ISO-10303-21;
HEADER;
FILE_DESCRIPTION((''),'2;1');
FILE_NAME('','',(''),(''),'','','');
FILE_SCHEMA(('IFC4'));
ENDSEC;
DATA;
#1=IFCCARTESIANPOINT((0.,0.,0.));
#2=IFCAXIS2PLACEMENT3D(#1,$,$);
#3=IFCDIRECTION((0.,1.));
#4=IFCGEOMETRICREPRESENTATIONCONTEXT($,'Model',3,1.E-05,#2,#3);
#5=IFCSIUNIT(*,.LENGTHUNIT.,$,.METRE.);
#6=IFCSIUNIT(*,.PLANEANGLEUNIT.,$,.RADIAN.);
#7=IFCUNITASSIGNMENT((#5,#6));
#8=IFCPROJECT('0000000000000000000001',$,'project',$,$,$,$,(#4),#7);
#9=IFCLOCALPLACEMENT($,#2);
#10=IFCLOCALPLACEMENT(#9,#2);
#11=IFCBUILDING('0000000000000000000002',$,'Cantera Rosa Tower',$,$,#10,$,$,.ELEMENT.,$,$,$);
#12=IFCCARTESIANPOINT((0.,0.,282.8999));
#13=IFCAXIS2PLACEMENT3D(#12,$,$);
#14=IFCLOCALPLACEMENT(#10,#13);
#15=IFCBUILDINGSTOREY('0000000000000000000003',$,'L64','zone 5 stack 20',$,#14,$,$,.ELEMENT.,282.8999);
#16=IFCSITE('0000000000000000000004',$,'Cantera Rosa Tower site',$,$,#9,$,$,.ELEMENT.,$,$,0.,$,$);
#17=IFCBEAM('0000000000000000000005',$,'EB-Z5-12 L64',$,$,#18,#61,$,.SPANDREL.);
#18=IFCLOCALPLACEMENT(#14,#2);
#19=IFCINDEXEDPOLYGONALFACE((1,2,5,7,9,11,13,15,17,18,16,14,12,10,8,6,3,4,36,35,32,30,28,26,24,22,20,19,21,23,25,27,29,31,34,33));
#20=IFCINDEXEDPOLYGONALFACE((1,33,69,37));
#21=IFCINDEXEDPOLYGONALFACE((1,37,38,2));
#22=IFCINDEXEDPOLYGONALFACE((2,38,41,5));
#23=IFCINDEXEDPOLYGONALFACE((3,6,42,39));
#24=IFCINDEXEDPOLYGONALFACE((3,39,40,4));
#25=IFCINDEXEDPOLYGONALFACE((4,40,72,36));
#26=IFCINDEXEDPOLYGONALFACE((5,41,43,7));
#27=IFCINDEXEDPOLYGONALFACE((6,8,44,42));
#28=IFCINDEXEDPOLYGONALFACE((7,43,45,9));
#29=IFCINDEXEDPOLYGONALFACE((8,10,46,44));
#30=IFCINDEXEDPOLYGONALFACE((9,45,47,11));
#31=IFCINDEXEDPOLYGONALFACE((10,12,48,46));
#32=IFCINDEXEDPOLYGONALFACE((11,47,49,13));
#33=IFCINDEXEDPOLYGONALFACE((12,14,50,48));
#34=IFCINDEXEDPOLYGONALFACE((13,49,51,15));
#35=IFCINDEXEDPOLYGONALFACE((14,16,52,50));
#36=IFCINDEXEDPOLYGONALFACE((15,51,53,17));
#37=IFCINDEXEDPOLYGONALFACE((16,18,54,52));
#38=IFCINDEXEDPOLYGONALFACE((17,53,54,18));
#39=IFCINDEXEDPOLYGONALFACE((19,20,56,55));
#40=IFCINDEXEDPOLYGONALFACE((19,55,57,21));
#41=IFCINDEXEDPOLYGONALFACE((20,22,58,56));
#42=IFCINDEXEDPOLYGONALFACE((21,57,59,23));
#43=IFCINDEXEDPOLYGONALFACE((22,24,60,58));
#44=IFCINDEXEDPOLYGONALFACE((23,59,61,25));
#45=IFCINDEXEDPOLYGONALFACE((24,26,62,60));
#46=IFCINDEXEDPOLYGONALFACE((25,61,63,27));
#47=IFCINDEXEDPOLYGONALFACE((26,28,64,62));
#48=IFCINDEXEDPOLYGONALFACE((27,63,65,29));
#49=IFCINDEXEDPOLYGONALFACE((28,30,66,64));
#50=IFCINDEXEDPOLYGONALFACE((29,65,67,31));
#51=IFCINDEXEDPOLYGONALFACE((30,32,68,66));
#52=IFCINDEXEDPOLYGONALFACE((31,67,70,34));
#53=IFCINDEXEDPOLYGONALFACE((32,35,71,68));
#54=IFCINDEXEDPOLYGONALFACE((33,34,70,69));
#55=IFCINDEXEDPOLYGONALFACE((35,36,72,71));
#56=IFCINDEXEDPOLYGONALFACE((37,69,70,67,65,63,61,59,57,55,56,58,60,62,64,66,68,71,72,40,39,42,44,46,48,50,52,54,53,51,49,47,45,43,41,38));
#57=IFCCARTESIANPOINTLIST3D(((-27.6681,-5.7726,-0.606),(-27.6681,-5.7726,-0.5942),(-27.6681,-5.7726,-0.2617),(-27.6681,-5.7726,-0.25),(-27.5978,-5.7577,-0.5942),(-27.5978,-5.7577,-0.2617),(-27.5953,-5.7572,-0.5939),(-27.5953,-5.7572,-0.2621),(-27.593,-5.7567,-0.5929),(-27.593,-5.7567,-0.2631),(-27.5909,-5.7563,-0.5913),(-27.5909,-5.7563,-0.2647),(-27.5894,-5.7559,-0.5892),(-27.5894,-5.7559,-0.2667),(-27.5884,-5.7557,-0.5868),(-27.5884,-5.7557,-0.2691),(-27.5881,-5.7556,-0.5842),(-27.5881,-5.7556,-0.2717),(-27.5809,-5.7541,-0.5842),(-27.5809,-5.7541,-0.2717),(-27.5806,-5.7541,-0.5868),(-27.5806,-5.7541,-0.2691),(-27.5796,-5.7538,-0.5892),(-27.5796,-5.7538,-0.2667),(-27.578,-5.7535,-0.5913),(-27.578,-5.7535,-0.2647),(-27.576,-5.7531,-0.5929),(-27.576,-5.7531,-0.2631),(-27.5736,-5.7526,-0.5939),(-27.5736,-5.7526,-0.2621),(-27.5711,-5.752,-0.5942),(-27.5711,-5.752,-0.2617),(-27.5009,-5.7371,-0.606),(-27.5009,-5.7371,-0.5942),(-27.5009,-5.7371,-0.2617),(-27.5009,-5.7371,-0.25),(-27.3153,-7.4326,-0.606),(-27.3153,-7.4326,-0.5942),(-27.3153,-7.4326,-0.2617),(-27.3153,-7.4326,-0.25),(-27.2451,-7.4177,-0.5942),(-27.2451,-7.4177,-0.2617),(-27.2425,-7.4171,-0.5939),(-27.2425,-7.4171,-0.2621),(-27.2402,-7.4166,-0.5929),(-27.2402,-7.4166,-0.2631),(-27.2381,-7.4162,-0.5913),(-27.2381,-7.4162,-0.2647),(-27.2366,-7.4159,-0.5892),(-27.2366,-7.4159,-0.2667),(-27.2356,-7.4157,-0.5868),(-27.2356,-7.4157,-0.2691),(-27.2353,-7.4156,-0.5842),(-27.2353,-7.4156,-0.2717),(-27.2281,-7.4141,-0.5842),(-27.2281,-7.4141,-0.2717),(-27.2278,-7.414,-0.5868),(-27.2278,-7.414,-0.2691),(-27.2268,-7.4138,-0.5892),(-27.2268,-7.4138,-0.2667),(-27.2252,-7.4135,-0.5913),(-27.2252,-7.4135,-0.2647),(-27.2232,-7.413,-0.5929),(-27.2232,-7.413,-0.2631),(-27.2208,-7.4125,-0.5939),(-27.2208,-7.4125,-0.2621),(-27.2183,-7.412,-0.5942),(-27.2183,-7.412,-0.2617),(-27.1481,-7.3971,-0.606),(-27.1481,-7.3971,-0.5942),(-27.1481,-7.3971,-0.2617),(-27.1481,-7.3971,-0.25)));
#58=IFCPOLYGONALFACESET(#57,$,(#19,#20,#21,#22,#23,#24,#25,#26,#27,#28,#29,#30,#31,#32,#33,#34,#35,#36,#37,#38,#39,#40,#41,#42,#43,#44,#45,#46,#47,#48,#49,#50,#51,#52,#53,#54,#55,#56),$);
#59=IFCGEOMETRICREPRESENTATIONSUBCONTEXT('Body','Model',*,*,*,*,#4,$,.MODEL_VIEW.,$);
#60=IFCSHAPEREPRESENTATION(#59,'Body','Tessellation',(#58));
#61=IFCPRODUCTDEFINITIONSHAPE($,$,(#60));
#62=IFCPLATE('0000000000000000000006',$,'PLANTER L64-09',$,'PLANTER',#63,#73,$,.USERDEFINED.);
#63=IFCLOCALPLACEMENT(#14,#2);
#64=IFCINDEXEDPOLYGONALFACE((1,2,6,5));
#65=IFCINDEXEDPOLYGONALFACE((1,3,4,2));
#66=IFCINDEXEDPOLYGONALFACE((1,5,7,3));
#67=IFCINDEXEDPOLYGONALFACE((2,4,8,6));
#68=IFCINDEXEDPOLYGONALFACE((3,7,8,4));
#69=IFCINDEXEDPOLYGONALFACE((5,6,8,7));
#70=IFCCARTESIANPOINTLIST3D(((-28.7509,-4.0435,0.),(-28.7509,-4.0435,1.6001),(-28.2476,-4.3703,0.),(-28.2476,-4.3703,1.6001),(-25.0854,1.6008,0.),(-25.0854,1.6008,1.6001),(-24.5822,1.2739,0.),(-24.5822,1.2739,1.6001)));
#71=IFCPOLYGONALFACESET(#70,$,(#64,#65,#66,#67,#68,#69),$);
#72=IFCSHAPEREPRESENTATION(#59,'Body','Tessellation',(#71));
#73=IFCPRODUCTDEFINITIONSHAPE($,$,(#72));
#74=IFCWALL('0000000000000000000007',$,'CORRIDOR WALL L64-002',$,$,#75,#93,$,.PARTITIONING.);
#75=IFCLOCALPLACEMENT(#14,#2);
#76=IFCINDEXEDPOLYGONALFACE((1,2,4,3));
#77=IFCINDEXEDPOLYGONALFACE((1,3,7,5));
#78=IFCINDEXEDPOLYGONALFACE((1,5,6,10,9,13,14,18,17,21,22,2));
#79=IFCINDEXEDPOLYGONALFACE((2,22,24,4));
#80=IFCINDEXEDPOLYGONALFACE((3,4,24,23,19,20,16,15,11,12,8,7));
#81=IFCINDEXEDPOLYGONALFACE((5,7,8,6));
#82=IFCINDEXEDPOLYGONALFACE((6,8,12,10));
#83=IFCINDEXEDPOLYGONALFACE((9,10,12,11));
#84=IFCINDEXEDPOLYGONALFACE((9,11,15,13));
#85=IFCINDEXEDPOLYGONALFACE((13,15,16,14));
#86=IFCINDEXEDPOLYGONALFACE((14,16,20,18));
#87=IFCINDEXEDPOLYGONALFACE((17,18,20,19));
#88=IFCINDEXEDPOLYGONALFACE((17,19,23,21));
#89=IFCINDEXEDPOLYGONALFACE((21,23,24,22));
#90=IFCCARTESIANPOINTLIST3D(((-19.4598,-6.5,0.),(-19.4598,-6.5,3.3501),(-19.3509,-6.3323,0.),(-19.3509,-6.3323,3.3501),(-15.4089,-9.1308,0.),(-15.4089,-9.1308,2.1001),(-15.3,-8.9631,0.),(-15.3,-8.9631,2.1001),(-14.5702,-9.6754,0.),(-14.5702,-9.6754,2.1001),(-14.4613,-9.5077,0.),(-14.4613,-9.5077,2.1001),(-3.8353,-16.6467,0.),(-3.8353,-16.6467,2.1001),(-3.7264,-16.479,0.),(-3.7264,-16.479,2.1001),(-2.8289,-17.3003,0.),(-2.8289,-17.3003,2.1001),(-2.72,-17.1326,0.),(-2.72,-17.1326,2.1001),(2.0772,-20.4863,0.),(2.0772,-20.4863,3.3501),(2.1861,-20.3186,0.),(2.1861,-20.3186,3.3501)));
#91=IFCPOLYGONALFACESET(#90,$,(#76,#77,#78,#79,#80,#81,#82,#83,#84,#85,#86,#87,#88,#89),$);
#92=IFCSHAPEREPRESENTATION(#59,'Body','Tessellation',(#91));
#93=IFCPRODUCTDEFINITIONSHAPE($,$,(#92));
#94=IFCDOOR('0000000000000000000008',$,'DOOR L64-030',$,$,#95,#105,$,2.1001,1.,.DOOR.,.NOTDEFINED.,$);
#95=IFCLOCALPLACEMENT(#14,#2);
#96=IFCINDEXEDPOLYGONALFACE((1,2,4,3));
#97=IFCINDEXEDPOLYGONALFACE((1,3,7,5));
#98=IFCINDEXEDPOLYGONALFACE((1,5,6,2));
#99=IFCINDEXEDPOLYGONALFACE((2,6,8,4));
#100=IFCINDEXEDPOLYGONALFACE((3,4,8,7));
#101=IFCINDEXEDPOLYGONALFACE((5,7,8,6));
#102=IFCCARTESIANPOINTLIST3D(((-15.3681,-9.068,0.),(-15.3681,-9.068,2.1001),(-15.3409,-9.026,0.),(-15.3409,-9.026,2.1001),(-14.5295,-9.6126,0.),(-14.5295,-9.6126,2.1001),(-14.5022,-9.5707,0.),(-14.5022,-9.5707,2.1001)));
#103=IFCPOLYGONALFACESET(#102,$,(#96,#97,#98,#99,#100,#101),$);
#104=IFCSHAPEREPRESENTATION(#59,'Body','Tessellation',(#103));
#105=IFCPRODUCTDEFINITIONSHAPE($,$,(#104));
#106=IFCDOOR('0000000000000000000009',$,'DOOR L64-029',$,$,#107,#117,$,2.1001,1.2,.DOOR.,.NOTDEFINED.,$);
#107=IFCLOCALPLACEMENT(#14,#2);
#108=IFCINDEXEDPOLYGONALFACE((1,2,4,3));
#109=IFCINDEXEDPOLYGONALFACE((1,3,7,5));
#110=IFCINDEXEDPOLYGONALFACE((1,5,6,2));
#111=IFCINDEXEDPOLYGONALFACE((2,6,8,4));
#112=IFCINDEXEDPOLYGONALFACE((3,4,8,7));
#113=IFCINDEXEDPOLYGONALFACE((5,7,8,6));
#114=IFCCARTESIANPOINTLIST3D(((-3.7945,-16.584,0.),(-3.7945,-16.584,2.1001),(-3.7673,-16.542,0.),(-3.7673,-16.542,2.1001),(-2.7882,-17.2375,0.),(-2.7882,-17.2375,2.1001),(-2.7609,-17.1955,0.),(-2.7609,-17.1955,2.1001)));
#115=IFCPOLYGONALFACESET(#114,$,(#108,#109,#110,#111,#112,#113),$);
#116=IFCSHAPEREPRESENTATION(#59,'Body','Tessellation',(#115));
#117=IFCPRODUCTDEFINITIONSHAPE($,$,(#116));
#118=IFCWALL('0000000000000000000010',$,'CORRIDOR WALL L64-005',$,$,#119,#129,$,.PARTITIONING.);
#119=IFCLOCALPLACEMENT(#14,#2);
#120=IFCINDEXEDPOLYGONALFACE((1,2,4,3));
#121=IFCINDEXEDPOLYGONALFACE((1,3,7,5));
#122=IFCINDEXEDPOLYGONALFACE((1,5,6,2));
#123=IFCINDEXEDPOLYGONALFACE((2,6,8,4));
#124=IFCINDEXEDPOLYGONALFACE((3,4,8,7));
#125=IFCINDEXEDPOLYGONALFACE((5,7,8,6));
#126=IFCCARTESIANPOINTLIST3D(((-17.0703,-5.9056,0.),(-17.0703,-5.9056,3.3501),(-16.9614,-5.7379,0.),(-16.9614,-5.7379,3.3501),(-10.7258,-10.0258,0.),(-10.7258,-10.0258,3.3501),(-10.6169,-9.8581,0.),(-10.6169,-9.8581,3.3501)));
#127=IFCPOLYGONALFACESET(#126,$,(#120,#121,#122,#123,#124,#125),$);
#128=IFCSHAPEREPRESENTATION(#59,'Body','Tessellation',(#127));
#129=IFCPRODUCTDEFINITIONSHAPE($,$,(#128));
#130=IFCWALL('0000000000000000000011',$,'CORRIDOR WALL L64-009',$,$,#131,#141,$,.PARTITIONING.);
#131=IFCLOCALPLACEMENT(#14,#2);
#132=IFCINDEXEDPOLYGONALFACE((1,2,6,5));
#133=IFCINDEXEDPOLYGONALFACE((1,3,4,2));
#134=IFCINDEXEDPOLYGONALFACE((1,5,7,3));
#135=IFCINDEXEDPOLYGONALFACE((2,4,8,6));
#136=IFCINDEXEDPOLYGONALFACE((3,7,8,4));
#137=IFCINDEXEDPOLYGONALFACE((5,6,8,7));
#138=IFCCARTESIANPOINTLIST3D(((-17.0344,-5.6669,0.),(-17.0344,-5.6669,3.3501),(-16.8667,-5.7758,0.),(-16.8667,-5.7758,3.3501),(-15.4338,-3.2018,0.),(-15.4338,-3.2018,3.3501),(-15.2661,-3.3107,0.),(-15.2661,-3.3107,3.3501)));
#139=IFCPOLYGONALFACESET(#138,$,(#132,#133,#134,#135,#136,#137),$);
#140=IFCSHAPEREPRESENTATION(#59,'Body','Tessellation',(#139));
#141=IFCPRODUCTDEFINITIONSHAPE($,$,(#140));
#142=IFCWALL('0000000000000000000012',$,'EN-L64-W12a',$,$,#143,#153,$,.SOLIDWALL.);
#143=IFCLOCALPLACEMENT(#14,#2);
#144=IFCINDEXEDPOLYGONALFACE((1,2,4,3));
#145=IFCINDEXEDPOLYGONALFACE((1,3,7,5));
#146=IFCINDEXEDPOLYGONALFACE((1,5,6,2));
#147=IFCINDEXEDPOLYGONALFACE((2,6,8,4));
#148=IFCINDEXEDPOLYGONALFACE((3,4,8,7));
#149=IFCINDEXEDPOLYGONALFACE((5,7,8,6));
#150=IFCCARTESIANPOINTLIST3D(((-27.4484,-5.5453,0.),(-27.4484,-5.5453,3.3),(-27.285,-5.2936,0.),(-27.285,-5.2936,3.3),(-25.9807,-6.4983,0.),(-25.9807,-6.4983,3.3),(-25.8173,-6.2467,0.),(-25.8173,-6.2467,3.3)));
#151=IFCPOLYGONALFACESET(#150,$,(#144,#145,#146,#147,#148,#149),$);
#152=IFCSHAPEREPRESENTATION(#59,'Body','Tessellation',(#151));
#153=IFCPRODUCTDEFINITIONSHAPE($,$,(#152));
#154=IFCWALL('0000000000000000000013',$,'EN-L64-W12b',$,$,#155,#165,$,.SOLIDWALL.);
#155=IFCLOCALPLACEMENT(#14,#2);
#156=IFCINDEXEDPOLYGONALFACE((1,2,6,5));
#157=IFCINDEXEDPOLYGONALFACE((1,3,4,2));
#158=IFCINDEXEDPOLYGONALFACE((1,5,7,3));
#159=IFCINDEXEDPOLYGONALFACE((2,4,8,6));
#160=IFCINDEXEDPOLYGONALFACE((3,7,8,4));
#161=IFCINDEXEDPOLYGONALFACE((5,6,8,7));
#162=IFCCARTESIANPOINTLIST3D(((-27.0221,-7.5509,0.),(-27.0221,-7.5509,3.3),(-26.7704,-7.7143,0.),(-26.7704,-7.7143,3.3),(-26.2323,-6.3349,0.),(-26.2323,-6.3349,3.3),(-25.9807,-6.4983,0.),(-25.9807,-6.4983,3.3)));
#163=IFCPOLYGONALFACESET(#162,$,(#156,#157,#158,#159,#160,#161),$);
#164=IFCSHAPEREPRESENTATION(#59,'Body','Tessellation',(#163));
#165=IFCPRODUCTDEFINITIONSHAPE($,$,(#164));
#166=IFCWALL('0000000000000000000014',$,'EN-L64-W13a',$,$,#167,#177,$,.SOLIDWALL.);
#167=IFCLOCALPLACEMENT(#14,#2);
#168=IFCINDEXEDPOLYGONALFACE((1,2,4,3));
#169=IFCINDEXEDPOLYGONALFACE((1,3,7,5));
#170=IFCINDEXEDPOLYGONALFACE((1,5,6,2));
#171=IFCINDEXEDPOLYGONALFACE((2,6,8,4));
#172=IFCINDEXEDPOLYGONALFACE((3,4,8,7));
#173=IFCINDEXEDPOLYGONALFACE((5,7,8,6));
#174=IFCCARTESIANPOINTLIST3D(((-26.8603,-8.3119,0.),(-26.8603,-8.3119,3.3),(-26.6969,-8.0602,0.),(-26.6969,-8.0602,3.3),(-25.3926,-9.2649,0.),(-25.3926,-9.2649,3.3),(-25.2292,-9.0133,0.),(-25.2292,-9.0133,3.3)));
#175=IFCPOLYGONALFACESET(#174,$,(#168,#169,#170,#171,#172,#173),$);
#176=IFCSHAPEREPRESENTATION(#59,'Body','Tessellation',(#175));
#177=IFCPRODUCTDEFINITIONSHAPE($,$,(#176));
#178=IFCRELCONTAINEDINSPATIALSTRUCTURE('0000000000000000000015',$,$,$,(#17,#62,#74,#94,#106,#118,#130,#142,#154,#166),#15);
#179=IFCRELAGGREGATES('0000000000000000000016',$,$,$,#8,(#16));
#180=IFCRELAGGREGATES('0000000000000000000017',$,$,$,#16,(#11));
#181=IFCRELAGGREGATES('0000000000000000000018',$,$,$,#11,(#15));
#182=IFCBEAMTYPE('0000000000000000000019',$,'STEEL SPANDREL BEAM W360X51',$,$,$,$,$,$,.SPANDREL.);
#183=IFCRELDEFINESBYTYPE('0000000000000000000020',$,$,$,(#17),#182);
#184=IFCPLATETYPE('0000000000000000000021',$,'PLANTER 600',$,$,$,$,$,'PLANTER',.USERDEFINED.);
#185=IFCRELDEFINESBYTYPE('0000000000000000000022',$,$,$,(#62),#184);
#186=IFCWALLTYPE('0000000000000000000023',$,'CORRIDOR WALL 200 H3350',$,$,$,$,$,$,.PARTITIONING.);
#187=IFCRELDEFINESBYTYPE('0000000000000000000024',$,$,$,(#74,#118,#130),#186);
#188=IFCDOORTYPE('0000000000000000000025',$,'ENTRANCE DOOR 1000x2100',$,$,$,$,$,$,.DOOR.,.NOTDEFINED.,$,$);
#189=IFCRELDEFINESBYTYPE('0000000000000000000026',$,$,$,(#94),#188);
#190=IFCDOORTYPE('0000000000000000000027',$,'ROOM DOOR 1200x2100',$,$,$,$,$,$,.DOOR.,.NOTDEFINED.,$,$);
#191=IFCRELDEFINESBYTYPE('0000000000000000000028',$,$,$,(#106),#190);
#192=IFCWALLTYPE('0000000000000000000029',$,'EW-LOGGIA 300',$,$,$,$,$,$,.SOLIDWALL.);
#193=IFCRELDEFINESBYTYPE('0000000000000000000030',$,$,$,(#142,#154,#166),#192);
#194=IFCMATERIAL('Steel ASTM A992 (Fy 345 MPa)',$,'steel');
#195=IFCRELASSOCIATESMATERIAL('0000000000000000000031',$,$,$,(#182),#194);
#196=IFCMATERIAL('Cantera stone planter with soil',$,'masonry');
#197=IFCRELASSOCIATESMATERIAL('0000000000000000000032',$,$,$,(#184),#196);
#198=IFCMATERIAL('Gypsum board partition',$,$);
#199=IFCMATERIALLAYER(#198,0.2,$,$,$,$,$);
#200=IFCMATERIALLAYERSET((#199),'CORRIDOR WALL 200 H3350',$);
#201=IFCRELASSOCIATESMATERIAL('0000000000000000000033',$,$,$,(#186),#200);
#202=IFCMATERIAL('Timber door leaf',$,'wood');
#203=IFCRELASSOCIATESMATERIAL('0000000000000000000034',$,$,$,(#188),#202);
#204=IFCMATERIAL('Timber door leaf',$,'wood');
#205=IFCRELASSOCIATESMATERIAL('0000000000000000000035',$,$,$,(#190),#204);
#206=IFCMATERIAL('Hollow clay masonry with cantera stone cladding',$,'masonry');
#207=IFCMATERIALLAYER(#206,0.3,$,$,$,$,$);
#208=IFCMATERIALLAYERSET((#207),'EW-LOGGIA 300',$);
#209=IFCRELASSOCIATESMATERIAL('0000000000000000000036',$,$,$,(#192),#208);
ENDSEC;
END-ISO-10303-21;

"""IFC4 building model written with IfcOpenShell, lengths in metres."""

from ifc_helpers import new_model, si_unit, direction, frame, frame_2d, origin, origin_2d, place, context, subcontext, project, spatial, rectangle, i_section, extrude, material, layer, layer_set, material_profile, profile_set, type_object, element, fill, save


model = new_model("IFC4")

# Units and contexts
model_context = context("Model", 3, precision=1e-05, world=origin(), true_north=direction((0.0, 1.0)))
body_context = subcontext(model_context, "Body", "Model", "MODEL_VIEW")
ifc_project = project(units=[si_unit("LENGTHUNIT", "METRE"), si_unit("PLANEANGLEUNIT", "RADIAN")], contexts=[model_context])

# Site, building, storey
site_placement = place(None, origin())
site = spatial("IfcSite", under=ifc_project, at=site_placement, Name="Cantera Rosa Tower site", CompositionType="ELEMENT", RefElevation=0.0)
building_placement = place(site_placement, origin())
building = spatial("IfcBuilding", under=site, at=building_placement, Name="Cantera Rosa Tower", CompositionType="ELEMENT")
storey_placement = place(building_placement, frame((0.0, 0.0, 282.8999)))
storey = spatial("IfcBuildingStorey", under=building, at=storey_placement, Name="L64", Description="zone 5 stack 20", CompositionType="ELEMENT", Elevation=282.8999)

# Beam
ifc_material_1 = material(Name="Steel ASTM A992 (Fy 345 MPa)", Category="steel")
ifc_material_profile_1 = material_profile(ifc_material_1, i_section(OverallWidth=0.1709, OverallDepth=0.356, WebThickness=0.0073, FlangeThickness=0.0117, FilletRadius=0.01, at=origin_2d()), Name="W360X51")
ifc_profile_set_1 = profile_set([ifc_material_profile_1], Name="Steel ASTM A992 (Fy 345 MPa)")
beam_type_1 = type_object("IfcBeamType", Name="STEEL SPANDREL BEAM W360X51", PredefinedType="SPANDREL", material=ifc_profile_set_1)
beam_1_placement = place(storey_placement, frame((-27.5845, -5.7549, -0.428), z_axis=(0.207888, -0.978153, 0.0), x_axis=(0.978153, 0.207888, 0.0)))
element("IfcBeam", 1, at=beam_1_placement, inside=storey, type_object=beam_type_1, Name="EB-Z5-12 L64", PredefinedType="SPANDREL", context=body_context, shape_type="SweptSolid", body=[
    extrude(i_section(OverallWidth=0.1709, OverallDepth=0.356, WebThickness=0.0073, FlangeThickness=0.0117, FilletRadius=0.01, at=origin_2d()), origin(), (0.0, 0.0, 1.0), 1.697),
])

# Plate
ifc_material_2 = material(Name="Cantera stone planter with soil", Category="masonry")
plate_type = type_object("IfcPlateType", Name="PLANTER 600", ElementType="PLANTER", PredefinedType="USERDEFINED", material=ifc_material_2)
plate_placement = place(storey_placement, frame((-26.6665, -1.3848, 0.0), z_axis=(0.0, 0.0, 1.0), x_axis=(-0.544639, -0.838671, 0.0)))
element("IfcPlate", 2, at=plate_placement, inside=storey, type_object=plate_type, Name="PLANTER L64-09", ObjectType="PLANTER", PredefinedType="USERDEFINED", context=body_context, shape_type="SweptSolid", body=[
    extrude(rectangle(XDim=6.73, YDim=0.6001, at=origin_2d()), origin(), (0.0, 0.0, 1.0), 1.6001),
])

# Wall, openings, doors
ifc_material_3 = material(Name="Gypsum board partition")
ifc_layer_1 = layer(ifc_material_3, 0.2)
ifc_layer_set_1 = layer_set([ifc_layer_1], Name="CORRIDOR WALL 200 H3350")
wall_type_1 = type_object("IfcWallType", Name="CORRIDOR WALL 200 H3350", PredefinedType="PARTITIONING", material=ifc_layer_set_1)
wall_1_placement = place(storey_placement, frame((-19.4053, -6.4163, 0.0), z_axis=(0.0, 0.0, 1.0), x_axis=(0.838671, -0.544638, 0.0)))
wall_1 = element("IfcWall", 3, at=wall_1_placement, inside=storey, type_object=wall_type_1, Name="CORRIDOR WALL L64-002", PredefinedType="PARTITIONING", context=body_context, shape_type="SweptSolid", body=[
    extrude(rectangle(XDim=25.6799, YDim=0.2, at=frame_2d((12.8398, 0.0))), origin(), (0.0, 0.0, 1.0), 3.3501),
])
opening_1_placement = place(wall_1_placement, frame((18.6299, 0.0, 0.0)))
opening_1 = element("IfcOpeningElement", 4, at=opening_1_placement, cuts=wall_1, PredefinedType="OPENING", context=body_context, shape_type="SweptSolid", body=[
    extrude(rectangle(XDim=1.2, YDim=2.1001, at=frame_2d((0.6001, 1.05))), frame((0.0, 0.1099, 0.0), z_axis=(0.0, -1.0, 0.0), x_axis=(1.0, 0.0, 0.0)), (0.0, 0.0, 1.0), 0.22),
])
opening_2_placement = place(wall_1_placement, frame((4.8301, 0.0, 0.0)))
opening_2 = element("IfcOpeningElement", 5, at=opening_2_placement, cuts=wall_1, PredefinedType="OPENING", context=body_context, shape_type="SweptSolid", body=[
    extrude(rectangle(XDim=1.0, YDim=2.1001, at=frame_2d((0.5, 1.05))), frame((0.0, 0.1099, 0.0), z_axis=(0.0, -1.0, 0.0), x_axis=(1.0, 0.0, 0.0)), (0.0, 0.0, 1.0), 0.22),
])
ifc_material_4 = material(Name="Timber door leaf", Category="wood")
door_type_1 = type_object("IfcDoorType", Name="ENTRANCE DOOR 1000x2100", OperationType="NOTDEFINED", PredefinedType="DOOR", material=ifc_material_4)
door_1_placement = place(opening_2_placement, origin())
door_1 = element("IfcDoor", 6, at=door_1_placement, inside=storey, type_object=door_type_1, Name="DOOR L64-030", OperationType="NOTDEFINED", OverallHeight=2.1001, OverallWidth=1.0, PredefinedType="DOOR", context=body_context, shape_type="SweptSolid", body=[
    extrude(rectangle(XDim=1.0, YDim=2.1001, at=frame_2d((0.5, 1.05))), frame((0.0, 0.0249, 0.0), z_axis=(0.0, -1.0, 0.0), x_axis=(1.0, 0.0, 0.0)), (0.0, 0.0, 1.0), 0.05),
])
fill(opening_2, door_1)
ifc_material_5 = material(Name="Timber door leaf", Category="wood")
door_type_2 = type_object("IfcDoorType", Name="ROOM DOOR 1200x2100", OperationType="NOTDEFINED", PredefinedType="DOOR", material=ifc_material_5)
door_2_placement = place(opening_1_placement, origin())
door_2 = element("IfcDoor", 7, at=door_2_placement, inside=storey, type_object=door_type_2, Name="DOOR L64-029", OperationType="NOTDEFINED", OverallHeight=2.1001, OverallWidth=1.2, PredefinedType="DOOR", context=body_context, shape_type="SweptSolid", body=[
    extrude(rectangle(XDim=1.2, YDim=2.1001, at=frame_2d((0.6001, 1.05))), frame((0.0, 0.0249, 0.0), z_axis=(0.0, -1.0, 0.0), x_axis=(1.0, 0.0, 0.0)), (0.0, 0.0, 1.0), 0.05),
])
fill(opening_1, door_2)

# Walls
wall_2_placement = place(storey_placement, frame((-17.0159, -5.8218, 0.0), z_axis=(0.0, 0.0, 1.0), x_axis=(0.838673, -0.544636, 0.0)))
element("IfcWall", 8, at=wall_2_placement, inside=storey, type_object=wall_type_1, Name="CORRIDOR WALL L64-005", PredefinedType="PARTITIONING", context=body_context, shape_type="SweptSolid", body=[
    extrude(rectangle(XDim=7.5649, YDim=0.2, at=frame_2d((3.7825, 0.0))), origin(), (0.0, 0.0, 1.0), 3.3501),
])
wall_3_placement = place(storey_placement, frame((-15.3499, -3.2561, 0.0), z_axis=(0.0, 0.0, 1.0), x_axis=(-0.544577, -0.838711, 0.0)))
element("IfcWall", 9, at=wall_3_placement, inside=storey, type_object=wall_type_1, Name="CORRIDOR WALL L64-009", PredefinedType="PARTITIONING", context=body_context, shape_type="SweptSolid", body=[
    extrude(rectangle(XDim=2.9392, YDim=0.2, at=frame_2d((1.4697, 0.0))), origin(), (0.0, 0.0, 1.0), 3.3501),
])
ifc_material_6 = material(Name="Hollow clay masonry with cantera stone cladding", Category="masonry")
ifc_layer_2 = layer(ifc_material_6, 0.3)
ifc_layer_set_2 = layer_set([ifc_layer_2], Name="EW-LOGGIA 300")
wall_type_2 = type_object("IfcWallType", Name="EW-LOGGIA 300", PredefinedType="SOLIDWALL", material=ifc_layer_set_2)
wall_4_placement = place(storey_placement, frame((-27.3667, -5.4194, 0.0), z_axis=(0.0, 0.0, 1.0), x_axis=(0.838686, -0.544616, 0.0)))
element("IfcWall", 10, at=wall_4_placement, inside=storey, type_object=wall_type_2, Name="EN-L64-W12a", PredefinedType="SOLIDWALL", context=body_context, shape_type="SweptSolid", body=[
    extrude(rectangle(XDim=1.75, YDim=0.3, at=frame_2d((0.875, 0.0))), origin(), (0.0, 0.0, 1.0), 3.3),
])
wall_5_placement = place(storey_placement, frame((-26.1064, -6.4165, 0.0), z_axis=(0.0, 0.0, 1.0), x_axis=(-0.544675, -0.838647, 0.0)))
element("IfcWall", 11, at=wall_5_placement, inside=storey, type_object=wall_type_2, Name="EN-L64-W12b", PredefinedType="SOLIDWALL", context=body_context, shape_type="SweptSolid", body=[
    extrude(rectangle(XDim=1.45, YDim=0.3, at=frame_2d((0.7251, 0.0))), origin(), (0.0, 0.0, 1.0), 3.3),
])
wall_6_placement = place(storey_placement, frame((-26.7786, -8.186, 0.0), z_axis=(0.0, 0.0, 1.0), x_axis=(0.838686, -0.544616, 0.0)))
element("IfcWall", 12, at=wall_6_placement, inside=storey, type_object=wall_type_2, Name="EN-L64-W13a", PredefinedType="SOLIDWALL", context=body_context, shape_type="SweptSolid", body=[
    extrude(rectangle(XDim=1.75, YDim=0.3, at=frame_2d((0.875, 0.0))), origin(), (0.0, 0.0, 1.0), 3.3),
])

save(model, "model.ifc")
